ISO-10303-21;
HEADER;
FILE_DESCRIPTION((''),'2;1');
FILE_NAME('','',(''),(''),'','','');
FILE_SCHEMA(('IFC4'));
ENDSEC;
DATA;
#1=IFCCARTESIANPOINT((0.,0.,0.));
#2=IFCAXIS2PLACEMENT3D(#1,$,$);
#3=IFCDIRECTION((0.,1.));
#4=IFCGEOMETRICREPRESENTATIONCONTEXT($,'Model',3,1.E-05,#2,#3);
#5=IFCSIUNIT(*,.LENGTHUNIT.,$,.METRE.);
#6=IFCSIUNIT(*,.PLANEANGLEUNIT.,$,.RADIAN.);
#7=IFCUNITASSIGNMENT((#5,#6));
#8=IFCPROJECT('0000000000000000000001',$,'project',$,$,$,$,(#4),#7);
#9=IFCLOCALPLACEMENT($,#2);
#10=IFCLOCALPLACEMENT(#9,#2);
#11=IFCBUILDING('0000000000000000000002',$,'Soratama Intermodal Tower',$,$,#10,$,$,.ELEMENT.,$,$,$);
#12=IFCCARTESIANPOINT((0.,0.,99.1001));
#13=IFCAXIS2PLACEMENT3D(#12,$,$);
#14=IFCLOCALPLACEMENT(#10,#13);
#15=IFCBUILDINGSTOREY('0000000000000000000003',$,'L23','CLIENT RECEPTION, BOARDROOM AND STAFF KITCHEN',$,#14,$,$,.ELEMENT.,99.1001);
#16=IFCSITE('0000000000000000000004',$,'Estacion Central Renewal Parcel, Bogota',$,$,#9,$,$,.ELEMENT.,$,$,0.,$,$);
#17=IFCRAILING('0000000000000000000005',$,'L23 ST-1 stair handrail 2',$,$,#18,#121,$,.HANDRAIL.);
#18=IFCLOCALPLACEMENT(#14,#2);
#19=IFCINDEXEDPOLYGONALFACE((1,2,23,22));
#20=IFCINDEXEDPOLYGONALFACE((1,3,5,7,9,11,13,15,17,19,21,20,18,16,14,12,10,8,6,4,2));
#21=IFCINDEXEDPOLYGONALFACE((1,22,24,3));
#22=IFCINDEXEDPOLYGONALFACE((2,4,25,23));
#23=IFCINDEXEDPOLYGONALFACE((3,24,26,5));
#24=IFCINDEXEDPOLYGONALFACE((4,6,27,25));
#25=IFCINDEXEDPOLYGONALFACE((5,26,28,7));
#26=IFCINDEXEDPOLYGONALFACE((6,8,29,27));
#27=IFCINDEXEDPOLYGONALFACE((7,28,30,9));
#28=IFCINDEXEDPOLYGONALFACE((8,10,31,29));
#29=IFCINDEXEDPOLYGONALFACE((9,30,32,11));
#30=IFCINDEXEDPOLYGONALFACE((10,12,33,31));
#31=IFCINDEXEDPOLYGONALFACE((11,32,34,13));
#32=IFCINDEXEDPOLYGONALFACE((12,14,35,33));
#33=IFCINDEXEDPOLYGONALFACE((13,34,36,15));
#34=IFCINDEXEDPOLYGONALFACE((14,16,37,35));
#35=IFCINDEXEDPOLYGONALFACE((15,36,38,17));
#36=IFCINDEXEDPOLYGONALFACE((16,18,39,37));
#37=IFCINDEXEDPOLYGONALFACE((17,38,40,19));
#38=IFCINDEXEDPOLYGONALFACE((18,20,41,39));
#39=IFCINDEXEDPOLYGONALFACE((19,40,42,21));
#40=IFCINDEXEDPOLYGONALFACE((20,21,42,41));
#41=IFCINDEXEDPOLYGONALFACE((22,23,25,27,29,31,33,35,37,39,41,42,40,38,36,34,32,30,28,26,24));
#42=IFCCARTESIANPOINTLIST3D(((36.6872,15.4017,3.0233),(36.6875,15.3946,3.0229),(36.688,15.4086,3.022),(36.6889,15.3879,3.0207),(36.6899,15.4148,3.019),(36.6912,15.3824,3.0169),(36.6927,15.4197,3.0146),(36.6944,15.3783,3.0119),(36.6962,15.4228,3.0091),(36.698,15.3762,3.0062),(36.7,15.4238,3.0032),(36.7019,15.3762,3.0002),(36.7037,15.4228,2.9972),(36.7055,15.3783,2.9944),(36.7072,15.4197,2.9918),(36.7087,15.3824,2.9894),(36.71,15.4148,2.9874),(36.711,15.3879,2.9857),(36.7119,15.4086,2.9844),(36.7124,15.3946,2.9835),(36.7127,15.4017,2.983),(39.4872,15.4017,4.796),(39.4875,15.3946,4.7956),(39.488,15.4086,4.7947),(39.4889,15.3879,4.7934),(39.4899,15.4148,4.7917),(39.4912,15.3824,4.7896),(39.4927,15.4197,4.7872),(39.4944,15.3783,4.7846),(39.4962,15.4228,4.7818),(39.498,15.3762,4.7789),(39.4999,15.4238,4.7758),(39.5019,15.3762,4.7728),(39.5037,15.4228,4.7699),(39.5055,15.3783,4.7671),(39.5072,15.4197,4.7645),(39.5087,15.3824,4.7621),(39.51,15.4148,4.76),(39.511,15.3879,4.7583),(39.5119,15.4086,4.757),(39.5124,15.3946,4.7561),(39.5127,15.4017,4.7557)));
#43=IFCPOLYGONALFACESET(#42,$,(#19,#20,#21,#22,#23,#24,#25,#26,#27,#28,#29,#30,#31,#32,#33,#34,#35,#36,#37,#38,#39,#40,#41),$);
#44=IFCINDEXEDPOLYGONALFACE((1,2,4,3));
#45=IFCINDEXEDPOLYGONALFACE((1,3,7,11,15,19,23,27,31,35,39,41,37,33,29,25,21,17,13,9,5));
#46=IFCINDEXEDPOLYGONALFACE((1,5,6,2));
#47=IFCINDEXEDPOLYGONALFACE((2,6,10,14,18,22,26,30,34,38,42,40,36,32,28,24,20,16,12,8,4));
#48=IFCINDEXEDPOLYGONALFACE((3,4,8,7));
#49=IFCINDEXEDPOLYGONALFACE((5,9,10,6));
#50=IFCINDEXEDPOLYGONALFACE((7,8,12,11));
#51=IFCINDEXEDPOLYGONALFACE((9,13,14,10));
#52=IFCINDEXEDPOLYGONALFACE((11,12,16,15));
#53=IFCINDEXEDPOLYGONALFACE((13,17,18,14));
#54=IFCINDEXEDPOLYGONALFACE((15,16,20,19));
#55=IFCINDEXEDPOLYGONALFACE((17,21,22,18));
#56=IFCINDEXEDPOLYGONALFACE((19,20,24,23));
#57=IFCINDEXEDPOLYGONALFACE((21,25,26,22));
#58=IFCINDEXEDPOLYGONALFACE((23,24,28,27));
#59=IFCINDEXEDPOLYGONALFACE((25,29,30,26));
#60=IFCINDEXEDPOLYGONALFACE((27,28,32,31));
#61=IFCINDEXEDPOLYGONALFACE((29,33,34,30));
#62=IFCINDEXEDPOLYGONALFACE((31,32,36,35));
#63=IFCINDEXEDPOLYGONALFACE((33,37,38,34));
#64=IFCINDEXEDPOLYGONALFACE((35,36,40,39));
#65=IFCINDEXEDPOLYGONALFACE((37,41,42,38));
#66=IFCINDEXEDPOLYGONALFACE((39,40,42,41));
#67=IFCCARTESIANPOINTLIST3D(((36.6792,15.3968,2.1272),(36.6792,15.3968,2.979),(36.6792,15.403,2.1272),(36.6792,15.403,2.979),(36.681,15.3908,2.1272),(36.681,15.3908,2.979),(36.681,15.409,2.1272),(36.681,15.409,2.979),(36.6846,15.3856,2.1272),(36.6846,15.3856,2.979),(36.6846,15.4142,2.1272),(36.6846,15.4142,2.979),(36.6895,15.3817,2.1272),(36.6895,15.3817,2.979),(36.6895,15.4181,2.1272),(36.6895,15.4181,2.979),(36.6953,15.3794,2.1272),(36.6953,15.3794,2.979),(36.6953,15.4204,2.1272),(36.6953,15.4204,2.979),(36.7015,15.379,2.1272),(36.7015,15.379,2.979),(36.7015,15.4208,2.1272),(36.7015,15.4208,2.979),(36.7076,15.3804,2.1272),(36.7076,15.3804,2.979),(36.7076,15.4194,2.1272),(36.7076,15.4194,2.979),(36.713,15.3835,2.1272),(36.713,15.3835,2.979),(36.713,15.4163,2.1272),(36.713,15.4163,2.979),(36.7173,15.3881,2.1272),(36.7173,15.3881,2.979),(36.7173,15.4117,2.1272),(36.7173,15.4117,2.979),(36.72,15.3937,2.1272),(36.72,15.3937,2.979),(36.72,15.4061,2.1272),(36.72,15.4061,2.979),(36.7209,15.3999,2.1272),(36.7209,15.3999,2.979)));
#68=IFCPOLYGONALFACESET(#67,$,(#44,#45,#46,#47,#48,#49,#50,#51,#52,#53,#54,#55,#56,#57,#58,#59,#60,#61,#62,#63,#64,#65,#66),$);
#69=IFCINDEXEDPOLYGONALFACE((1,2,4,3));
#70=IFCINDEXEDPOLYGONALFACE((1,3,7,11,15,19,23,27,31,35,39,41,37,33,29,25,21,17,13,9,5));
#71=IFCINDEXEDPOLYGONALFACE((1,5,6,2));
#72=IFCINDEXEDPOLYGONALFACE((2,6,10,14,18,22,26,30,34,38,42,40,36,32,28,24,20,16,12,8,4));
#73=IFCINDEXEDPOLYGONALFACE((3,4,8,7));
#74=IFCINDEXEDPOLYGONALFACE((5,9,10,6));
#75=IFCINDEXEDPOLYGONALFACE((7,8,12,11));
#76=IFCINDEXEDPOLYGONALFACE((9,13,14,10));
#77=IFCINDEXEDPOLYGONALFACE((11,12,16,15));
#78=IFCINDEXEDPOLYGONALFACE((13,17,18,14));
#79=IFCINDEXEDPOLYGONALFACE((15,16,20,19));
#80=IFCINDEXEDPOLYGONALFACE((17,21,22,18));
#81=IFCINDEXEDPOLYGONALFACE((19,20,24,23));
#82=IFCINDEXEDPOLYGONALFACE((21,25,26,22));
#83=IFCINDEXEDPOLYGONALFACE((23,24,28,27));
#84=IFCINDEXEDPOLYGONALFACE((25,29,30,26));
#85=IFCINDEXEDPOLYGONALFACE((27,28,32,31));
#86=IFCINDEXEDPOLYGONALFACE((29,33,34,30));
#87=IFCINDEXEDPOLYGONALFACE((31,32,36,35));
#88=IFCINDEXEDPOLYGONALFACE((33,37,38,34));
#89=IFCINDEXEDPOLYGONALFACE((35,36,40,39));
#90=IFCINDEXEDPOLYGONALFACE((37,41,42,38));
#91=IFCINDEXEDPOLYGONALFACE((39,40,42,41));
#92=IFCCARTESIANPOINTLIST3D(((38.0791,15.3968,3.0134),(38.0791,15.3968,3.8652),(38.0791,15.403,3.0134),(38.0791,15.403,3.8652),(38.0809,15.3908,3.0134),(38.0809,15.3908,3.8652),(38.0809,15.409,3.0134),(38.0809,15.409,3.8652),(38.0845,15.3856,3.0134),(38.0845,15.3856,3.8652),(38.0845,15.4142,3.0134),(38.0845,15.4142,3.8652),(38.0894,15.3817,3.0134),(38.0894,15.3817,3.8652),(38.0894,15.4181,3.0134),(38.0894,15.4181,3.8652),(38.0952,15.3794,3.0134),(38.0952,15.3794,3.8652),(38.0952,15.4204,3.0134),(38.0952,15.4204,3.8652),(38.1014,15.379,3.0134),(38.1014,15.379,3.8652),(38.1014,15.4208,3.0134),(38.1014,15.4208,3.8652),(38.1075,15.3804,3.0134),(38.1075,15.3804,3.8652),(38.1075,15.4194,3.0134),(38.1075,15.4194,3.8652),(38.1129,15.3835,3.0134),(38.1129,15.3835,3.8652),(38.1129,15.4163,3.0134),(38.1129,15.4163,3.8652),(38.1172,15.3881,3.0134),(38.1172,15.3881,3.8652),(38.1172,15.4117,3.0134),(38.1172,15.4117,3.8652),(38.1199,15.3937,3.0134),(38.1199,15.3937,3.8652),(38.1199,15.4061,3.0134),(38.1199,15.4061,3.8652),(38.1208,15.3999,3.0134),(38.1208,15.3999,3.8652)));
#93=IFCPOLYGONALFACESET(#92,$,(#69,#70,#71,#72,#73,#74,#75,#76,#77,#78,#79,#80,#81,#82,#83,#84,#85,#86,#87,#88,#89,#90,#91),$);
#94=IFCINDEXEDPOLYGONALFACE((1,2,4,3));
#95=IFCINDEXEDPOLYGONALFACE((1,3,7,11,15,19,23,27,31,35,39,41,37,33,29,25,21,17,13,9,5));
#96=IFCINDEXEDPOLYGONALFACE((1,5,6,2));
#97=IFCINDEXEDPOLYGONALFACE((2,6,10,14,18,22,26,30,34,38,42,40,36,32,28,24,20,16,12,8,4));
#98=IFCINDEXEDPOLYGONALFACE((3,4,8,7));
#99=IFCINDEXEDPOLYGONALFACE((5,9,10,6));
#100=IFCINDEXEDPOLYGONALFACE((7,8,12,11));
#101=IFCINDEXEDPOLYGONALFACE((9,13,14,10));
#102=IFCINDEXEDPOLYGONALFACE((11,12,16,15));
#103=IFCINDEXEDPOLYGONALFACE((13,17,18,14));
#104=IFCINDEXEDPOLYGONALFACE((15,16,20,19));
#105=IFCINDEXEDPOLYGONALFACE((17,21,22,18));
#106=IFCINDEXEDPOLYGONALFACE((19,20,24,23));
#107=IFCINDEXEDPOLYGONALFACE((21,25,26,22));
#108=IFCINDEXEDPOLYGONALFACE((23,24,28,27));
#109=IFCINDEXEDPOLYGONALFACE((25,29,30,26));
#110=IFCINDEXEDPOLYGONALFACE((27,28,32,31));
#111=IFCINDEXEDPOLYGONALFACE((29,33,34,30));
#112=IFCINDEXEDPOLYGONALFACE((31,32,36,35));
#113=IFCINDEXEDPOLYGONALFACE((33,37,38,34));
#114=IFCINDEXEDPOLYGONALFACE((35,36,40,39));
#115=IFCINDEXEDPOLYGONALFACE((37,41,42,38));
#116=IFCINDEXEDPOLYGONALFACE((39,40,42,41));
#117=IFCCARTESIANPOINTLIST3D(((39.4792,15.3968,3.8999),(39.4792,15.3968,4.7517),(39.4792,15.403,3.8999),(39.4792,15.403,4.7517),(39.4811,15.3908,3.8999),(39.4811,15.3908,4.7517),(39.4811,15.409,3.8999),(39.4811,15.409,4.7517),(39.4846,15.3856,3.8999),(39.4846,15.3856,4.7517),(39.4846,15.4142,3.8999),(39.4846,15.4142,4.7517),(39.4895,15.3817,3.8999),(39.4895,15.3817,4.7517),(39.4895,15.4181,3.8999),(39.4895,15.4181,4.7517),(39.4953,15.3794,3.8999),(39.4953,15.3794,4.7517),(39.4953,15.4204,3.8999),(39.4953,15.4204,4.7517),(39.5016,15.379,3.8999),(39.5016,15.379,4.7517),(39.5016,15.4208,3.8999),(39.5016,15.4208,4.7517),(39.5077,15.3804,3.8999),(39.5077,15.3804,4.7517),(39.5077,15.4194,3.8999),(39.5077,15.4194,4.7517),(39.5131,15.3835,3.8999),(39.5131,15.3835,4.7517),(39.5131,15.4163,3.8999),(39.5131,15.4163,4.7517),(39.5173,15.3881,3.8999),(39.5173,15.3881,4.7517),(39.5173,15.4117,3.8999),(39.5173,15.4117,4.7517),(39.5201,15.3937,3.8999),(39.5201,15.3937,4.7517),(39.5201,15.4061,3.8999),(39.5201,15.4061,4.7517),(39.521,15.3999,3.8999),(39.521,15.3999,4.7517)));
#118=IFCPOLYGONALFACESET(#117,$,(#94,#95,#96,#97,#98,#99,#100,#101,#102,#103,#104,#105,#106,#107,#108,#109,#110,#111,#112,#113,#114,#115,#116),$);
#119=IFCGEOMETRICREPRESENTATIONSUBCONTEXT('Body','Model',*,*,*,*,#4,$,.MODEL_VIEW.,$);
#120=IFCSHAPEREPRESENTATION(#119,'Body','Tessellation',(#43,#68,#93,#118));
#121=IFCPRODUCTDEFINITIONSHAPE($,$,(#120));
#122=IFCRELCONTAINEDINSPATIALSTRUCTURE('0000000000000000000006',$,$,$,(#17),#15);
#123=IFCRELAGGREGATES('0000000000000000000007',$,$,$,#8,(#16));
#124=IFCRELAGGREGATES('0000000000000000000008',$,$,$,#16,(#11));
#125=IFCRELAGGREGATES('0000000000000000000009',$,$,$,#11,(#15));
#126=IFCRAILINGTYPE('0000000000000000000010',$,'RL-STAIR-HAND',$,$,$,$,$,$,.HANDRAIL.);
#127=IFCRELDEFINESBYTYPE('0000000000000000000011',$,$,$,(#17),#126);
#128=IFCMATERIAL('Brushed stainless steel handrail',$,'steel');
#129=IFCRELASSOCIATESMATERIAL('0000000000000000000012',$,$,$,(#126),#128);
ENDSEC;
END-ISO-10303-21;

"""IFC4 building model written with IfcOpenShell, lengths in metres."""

from ifc_helpers import new_model, si_unit, direction, frame, origin, origin_2d, place, context, subcontext, project, spatial, circle, extrude, material, type_object, element, save


model = new_model("IFC4")

# Units and contexts
model_context = context("Model", 3, precision=1e-05, world=origin(), true_north=direction((0.0, 1.0)))
body_context = subcontext(model_context, "Body", "Model", "MODEL_VIEW")
ifc_project = project(units=[si_unit("LENGTHUNIT", "METRE"), si_unit("PLANEANGLEUNIT", "RADIAN")], contexts=[model_context])

# Site, building, storey
site_placement = place(None, origin())
site = spatial("IfcSite", under=ifc_project, at=site_placement, Name="Estacion Central Renewal Parcel, Bogota", CompositionType="ELEMENT", RefElevation=0.0)
building_placement = place(site_placement, origin())
building = spatial("IfcBuilding", under=site, at=building_placement, Name="Soratama Intermodal Tower", CompositionType="ELEMENT")
storey_placement = place(building_placement, frame((0.0, 0.0, 99.1001)))
storey = spatial("IfcBuildingStorey", under=building, at=storey_placement, Name="L23", Description="CLIENT RECEPTION, BOARDROOM AND STAFF KITCHEN", CompositionType="ELEMENT", Elevation=99.1001)

# Railing
ifc_material_1 = material(Name="Brushed stainless steel handrail", Category="steel")
railing_type_1 = type_object("IfcRailingType", Name="RL-STAIR-HAND", PredefinedType="HANDRAIL", material=ifc_material_1)
railing_1_placement = place(storey_placement, frame((36.7, 15.3999, 2.1272)))
element("IfcRailing", 1, at=railing_1_placement, inside=storey, type_object=railing_type_1, Name="L23 ST-1 stair handrail 2", PredefinedType="HANDRAIL", context=body_context, shape_type="SweptSolid", body=[
    extrude(circle(Radius=0.0239, at=origin_2d()), frame((0.0, 0.0, 0.876), z_axis=(0.844909, 0.0, 0.53491), x_axis=(0.0, 1.0, 0.0)), (0.0, 0.0, 1.0), 3.314),
    extrude(circle(Radius=0.021, at=origin_2d()), origin(), (0.0, 0.0, 1.0), 0.8518),
    extrude(circle(Radius=0.021, at=origin_2d()), frame((1.3999, 0.0, 0.8862)), (0.0, 0.0, 1.0), 0.8518),
    extrude(circle(Radius=0.021, at=origin_2d()), frame((2.8, 0.0, 1.7727)), (0.0, 0.0, 1.0), 0.8518),
])

save(model, "model.ifc")
